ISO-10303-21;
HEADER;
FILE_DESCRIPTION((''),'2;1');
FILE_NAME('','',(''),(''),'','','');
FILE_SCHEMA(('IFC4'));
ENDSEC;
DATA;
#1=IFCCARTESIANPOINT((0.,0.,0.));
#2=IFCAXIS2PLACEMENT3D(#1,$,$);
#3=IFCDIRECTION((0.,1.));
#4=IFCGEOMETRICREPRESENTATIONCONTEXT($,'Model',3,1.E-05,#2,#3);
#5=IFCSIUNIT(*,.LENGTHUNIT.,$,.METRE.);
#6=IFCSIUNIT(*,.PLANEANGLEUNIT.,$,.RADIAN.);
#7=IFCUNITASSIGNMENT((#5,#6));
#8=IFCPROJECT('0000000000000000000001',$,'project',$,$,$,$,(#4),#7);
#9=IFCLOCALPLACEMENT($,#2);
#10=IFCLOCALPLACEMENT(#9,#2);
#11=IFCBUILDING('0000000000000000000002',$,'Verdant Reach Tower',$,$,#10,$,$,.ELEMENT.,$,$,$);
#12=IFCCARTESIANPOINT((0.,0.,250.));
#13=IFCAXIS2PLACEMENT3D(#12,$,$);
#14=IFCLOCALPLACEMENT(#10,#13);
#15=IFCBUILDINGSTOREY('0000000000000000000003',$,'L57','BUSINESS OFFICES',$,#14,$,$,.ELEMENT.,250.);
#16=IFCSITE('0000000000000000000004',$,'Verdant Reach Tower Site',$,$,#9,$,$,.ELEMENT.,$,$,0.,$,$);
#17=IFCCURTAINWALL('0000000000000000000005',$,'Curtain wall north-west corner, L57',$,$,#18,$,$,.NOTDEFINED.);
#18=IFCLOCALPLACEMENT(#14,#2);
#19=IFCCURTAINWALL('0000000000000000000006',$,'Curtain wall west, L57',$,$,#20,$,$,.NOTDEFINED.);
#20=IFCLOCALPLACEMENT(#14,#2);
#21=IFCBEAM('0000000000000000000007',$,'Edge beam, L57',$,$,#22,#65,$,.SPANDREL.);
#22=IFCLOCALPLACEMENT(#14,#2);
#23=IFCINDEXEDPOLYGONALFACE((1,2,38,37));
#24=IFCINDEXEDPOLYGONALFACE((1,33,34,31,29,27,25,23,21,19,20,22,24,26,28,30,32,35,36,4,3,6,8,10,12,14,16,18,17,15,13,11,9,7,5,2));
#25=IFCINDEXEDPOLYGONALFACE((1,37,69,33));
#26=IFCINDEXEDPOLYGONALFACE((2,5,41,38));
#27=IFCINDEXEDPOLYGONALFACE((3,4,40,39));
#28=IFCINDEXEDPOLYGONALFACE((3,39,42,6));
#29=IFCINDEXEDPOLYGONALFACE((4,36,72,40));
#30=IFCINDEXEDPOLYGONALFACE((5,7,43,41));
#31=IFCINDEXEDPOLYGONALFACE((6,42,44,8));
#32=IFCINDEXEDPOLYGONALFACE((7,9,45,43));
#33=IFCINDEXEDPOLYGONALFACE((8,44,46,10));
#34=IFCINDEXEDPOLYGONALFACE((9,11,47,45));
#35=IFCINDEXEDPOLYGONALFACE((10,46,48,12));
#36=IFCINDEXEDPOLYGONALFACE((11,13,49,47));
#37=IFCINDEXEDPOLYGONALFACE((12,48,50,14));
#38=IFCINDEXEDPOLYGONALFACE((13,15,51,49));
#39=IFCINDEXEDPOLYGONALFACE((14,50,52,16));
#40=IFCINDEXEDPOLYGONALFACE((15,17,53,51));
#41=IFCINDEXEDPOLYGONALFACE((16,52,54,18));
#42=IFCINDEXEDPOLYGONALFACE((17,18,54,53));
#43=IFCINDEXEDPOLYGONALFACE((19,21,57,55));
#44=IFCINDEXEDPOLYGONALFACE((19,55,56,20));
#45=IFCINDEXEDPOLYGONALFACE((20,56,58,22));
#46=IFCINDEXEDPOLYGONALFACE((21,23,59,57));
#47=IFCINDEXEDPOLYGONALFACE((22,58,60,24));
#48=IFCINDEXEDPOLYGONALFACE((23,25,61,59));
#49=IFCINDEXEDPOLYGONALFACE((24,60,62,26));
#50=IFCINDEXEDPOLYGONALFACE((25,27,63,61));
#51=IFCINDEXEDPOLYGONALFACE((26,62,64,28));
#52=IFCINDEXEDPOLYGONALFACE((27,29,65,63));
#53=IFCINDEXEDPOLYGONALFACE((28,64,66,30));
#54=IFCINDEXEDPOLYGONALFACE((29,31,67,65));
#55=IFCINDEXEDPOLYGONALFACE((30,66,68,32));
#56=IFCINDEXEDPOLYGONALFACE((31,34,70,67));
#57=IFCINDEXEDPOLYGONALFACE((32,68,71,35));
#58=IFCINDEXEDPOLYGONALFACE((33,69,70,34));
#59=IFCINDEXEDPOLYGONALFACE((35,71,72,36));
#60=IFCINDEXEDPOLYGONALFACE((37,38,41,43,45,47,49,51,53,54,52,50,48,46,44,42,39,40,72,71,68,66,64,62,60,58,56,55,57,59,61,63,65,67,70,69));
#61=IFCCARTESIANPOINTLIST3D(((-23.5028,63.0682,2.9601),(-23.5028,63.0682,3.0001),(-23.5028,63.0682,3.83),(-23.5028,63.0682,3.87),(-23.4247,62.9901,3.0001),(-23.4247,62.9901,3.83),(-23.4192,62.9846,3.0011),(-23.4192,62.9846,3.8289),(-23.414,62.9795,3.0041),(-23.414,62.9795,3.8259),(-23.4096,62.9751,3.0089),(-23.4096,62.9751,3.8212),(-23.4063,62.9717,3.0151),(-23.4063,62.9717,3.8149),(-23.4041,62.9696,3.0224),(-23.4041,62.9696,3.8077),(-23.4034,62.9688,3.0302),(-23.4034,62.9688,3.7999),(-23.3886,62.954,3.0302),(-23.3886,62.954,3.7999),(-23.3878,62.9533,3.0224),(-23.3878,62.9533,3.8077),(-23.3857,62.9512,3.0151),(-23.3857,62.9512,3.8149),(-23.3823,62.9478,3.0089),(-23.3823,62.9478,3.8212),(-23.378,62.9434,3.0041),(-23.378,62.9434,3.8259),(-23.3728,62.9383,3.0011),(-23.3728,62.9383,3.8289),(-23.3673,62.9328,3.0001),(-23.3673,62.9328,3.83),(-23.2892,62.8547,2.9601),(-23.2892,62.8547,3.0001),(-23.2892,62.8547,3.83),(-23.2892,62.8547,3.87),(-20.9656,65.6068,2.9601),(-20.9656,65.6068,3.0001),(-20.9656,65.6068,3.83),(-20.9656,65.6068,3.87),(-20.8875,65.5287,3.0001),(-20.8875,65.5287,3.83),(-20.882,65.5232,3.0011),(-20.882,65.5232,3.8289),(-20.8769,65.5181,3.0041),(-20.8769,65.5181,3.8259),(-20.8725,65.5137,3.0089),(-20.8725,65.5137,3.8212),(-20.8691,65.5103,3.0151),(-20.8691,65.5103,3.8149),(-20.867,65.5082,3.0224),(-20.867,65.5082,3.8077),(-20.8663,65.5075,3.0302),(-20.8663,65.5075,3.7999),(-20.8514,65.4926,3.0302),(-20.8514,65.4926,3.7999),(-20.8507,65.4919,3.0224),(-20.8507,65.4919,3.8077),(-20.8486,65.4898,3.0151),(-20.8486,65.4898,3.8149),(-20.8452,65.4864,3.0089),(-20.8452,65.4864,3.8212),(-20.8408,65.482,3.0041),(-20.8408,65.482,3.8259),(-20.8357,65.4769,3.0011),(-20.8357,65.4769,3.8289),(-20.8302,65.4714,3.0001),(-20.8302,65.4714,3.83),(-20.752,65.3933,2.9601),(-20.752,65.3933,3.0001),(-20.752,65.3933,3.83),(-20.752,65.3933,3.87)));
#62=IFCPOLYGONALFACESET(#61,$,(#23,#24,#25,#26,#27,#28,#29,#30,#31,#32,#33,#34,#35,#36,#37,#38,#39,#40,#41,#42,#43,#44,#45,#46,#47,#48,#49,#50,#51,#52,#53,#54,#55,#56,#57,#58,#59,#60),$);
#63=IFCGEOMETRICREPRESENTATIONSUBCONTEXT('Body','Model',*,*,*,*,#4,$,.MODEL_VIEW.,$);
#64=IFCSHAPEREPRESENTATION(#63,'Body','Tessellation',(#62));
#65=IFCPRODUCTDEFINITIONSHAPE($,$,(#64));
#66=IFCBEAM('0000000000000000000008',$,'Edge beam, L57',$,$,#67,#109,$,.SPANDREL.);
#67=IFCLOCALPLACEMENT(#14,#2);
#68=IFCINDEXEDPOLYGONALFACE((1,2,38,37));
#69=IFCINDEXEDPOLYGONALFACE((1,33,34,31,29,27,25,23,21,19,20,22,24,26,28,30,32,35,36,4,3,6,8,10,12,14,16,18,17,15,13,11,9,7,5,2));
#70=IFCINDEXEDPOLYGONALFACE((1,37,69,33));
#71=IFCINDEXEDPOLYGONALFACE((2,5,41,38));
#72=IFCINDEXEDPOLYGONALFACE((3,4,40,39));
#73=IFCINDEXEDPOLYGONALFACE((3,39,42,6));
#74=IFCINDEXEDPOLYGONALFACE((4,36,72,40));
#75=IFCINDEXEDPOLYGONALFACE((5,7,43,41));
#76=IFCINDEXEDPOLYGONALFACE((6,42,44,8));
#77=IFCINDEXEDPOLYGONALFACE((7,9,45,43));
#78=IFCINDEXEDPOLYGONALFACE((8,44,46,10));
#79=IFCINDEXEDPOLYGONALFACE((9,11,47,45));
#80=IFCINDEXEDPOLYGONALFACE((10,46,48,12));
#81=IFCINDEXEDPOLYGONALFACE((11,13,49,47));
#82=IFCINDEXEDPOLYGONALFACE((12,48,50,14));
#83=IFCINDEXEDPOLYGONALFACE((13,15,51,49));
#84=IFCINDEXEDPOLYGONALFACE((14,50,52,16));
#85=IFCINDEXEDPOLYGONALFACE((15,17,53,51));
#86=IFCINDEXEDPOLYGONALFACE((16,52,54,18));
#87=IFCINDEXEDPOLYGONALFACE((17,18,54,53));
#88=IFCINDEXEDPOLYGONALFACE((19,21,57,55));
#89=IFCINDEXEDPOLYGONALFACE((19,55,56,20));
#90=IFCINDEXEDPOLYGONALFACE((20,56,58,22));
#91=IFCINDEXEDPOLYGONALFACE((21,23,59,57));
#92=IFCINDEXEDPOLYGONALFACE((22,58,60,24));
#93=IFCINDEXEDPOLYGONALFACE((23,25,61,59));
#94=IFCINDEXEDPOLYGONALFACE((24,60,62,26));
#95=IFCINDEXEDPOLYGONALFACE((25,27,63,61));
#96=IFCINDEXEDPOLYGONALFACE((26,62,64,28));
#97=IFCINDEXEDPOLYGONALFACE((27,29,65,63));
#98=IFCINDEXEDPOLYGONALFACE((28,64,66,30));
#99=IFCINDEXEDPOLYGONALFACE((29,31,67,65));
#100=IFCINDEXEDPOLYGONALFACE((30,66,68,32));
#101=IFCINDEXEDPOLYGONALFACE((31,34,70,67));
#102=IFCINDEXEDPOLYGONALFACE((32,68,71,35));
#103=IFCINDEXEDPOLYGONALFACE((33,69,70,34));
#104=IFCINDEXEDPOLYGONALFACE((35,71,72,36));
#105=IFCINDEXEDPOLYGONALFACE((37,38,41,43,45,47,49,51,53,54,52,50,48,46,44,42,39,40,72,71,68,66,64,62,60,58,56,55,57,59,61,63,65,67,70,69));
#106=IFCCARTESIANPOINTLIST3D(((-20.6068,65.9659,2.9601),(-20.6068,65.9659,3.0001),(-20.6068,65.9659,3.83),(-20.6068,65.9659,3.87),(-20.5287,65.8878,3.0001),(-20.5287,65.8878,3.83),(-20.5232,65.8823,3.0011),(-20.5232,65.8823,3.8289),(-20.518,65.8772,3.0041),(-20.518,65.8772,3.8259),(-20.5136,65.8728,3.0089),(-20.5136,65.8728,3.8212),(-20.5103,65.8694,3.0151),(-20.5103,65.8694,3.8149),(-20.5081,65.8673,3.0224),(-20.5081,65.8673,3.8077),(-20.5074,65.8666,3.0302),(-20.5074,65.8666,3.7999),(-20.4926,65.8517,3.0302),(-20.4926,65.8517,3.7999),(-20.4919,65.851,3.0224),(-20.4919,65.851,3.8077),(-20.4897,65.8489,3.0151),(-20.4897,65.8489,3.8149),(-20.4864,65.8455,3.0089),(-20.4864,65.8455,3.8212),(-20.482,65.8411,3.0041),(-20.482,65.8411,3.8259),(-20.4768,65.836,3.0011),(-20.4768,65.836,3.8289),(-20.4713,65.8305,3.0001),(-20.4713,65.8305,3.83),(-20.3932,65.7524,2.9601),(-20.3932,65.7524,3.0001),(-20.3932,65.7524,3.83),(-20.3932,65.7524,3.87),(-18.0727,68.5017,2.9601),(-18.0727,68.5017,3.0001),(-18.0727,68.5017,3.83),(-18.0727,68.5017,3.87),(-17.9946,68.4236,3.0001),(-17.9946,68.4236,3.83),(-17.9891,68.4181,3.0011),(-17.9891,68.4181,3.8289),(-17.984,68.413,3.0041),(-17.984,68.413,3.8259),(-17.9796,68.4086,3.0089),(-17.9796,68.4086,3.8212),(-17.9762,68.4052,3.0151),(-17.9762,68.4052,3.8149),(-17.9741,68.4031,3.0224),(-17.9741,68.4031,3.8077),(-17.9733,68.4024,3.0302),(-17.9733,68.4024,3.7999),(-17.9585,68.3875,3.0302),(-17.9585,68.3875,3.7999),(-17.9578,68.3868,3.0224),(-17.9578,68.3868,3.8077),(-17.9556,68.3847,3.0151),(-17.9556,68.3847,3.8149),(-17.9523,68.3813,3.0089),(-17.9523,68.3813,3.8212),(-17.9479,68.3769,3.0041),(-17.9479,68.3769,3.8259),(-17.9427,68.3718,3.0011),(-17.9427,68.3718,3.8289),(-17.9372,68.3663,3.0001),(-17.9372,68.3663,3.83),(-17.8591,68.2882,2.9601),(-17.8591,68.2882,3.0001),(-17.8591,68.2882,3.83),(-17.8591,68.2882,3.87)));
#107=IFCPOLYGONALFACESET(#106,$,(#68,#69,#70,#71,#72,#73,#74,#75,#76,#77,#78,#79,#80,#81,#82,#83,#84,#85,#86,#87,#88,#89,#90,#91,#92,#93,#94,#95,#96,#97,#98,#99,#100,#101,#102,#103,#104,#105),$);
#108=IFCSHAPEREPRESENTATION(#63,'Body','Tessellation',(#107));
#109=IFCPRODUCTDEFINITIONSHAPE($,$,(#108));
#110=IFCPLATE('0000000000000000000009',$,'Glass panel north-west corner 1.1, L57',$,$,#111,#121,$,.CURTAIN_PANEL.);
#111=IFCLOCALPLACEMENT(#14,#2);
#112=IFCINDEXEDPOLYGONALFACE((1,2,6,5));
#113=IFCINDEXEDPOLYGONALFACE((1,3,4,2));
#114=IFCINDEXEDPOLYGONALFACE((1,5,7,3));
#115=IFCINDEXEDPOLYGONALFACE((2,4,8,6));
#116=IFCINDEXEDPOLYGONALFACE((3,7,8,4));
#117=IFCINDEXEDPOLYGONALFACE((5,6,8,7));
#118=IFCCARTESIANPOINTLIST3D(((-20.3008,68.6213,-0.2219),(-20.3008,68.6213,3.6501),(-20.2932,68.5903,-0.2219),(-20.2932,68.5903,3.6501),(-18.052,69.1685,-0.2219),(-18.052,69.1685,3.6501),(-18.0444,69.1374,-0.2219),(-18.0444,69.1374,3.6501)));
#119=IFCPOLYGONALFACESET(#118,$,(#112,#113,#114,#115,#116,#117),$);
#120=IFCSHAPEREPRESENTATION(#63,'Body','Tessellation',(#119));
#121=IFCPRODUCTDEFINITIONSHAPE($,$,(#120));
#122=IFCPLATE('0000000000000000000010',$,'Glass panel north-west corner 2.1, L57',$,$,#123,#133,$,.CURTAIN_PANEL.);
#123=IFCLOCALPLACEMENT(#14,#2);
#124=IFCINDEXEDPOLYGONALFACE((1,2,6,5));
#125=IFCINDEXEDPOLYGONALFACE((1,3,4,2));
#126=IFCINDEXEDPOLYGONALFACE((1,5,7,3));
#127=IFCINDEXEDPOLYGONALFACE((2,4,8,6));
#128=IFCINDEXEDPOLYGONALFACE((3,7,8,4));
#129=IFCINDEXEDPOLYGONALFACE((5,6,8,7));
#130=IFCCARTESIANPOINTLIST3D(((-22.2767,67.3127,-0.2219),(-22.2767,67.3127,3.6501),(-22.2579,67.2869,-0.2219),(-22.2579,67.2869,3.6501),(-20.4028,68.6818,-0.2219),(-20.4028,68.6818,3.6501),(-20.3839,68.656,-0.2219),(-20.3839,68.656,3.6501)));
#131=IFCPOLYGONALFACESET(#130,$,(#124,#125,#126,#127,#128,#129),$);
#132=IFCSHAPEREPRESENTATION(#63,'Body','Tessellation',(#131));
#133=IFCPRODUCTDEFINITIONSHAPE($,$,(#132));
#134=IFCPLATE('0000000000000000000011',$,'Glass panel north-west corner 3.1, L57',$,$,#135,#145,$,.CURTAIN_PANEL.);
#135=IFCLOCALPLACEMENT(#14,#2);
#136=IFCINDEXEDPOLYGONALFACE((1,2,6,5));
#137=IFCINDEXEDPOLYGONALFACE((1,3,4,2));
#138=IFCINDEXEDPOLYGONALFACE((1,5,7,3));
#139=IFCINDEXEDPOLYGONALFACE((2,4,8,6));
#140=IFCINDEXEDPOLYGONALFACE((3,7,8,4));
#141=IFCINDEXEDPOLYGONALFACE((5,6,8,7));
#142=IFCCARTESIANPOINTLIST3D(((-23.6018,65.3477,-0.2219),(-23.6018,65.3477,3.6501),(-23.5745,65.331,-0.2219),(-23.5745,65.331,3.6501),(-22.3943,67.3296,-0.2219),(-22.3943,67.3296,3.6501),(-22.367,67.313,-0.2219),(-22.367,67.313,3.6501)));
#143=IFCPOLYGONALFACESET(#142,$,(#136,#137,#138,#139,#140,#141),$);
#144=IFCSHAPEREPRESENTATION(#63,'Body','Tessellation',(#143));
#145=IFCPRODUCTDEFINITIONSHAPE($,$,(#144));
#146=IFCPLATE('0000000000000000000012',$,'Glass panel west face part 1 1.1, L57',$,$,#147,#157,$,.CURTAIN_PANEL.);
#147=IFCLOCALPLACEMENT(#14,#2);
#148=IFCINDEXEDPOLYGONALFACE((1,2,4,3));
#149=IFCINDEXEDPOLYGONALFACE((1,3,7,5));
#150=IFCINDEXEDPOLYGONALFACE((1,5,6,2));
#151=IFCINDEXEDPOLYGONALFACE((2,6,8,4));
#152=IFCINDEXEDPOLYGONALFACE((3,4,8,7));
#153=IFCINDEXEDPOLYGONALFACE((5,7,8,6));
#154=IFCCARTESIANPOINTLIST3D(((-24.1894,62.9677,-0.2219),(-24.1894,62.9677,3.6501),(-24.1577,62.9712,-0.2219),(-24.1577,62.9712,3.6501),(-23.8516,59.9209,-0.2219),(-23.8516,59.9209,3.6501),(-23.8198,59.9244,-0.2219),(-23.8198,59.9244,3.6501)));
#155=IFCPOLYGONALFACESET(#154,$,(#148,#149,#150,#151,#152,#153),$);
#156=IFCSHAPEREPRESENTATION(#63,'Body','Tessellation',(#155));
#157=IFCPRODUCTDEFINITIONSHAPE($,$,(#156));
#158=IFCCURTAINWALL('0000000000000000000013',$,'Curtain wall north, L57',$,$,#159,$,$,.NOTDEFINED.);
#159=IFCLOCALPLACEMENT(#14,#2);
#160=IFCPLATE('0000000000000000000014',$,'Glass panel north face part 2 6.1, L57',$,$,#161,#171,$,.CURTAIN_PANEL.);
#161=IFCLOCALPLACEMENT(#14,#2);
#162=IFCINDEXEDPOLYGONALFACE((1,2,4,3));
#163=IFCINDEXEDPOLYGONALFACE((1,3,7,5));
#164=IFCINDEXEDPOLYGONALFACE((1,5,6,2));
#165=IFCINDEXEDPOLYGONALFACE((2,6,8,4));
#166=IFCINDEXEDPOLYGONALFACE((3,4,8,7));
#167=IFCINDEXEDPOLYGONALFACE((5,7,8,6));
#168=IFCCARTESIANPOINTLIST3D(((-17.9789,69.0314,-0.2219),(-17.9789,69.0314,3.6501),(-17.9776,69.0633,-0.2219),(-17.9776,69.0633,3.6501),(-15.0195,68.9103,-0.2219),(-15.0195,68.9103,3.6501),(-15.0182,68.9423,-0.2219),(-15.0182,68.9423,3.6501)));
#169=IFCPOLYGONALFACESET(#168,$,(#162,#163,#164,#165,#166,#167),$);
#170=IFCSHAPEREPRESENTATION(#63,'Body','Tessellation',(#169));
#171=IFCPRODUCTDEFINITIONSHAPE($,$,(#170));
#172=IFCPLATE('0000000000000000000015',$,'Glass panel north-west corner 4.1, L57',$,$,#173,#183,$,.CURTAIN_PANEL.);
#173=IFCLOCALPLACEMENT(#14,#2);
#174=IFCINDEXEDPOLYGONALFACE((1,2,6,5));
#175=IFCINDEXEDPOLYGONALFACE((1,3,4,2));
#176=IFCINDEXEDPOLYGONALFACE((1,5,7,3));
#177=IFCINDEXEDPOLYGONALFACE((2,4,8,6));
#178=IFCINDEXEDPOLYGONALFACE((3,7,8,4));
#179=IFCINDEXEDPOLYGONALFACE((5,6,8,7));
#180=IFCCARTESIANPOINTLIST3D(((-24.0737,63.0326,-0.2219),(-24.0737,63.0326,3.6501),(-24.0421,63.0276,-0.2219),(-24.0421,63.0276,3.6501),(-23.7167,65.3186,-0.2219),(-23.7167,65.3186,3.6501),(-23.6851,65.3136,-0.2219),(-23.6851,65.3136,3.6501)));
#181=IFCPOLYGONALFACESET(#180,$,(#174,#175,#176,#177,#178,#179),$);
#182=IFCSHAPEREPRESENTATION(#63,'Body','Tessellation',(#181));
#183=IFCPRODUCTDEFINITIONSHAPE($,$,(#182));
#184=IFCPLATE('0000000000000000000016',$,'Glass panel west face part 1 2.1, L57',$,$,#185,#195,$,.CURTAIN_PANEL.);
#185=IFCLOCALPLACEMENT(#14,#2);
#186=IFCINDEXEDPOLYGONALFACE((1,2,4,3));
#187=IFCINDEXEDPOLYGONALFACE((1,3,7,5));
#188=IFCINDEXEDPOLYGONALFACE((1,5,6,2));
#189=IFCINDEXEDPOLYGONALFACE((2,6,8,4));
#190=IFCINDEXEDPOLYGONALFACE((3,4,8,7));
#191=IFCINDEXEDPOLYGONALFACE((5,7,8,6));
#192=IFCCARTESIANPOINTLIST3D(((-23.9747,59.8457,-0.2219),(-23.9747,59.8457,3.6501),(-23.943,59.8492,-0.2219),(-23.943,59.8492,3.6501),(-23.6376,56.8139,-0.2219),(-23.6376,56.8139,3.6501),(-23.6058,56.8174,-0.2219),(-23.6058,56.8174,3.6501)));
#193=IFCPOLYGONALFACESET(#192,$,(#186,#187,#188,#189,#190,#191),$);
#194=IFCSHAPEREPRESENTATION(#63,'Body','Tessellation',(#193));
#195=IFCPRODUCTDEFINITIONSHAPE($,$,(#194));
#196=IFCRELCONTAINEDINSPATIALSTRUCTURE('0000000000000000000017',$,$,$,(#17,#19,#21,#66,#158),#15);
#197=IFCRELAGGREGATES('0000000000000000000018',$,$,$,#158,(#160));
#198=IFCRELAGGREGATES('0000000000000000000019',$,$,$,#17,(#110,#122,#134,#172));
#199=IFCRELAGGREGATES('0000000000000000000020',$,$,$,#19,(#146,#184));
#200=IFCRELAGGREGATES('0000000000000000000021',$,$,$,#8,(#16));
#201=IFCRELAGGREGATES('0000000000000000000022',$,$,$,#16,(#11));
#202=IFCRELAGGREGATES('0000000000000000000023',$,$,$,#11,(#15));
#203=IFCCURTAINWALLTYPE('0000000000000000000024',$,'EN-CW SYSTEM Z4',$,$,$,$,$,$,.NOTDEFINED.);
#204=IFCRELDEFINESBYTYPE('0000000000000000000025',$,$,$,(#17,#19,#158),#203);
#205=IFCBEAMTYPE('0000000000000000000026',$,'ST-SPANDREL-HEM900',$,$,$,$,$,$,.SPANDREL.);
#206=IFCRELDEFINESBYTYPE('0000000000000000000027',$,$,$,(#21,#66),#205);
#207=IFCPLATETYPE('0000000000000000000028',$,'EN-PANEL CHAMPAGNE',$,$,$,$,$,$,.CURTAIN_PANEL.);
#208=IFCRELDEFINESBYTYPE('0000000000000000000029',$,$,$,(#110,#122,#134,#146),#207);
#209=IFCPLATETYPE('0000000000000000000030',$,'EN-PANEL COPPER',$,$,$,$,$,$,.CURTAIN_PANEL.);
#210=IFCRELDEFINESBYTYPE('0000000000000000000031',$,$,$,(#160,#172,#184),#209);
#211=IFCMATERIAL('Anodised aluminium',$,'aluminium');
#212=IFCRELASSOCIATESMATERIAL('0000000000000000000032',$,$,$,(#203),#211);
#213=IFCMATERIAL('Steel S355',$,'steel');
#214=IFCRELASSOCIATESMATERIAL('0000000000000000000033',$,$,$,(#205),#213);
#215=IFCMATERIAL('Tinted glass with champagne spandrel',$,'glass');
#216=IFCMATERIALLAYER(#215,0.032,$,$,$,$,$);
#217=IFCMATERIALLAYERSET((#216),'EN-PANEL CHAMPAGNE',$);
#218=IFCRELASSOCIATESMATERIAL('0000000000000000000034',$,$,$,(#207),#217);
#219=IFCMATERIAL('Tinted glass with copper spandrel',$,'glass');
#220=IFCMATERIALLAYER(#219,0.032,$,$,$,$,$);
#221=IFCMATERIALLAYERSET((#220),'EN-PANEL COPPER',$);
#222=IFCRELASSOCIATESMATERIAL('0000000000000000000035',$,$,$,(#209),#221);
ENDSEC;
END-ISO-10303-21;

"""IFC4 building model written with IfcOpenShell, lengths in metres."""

from ifc_helpers import new_model, si_unit, direction, frame, origin, origin_2d, place, context, subcontext, project, spatial, rectangle, i_section, extrude, material, layer, layer_set, material_profile, profile_set, type_object, element, aggregate, save


model = new_model("IFC4")

# Units and contexts
model_context = context("Model", 3, precision=1e-05, world=origin(), true_north=direction((0.0, 1.0)))
body_context = subcontext(model_context, "Body", "Model", "MODEL_VIEW")
ifc_project = project(units=[si_unit("LENGTHUNIT", "METRE"), si_unit("PLANEANGLEUNIT", "RADIAN")], contexts=[model_context])

# Site, building, storey
site_placement = place(None, origin())
site = spatial("IfcSite", under=ifc_project, at=site_placement, Name="Verdant Reach Tower Site", CompositionType="ELEMENT", RefElevation=0.0)
building_placement = place(site_placement, origin())
building = spatial("IfcBuilding", under=site, at=building_placement, Name="Verdant Reach Tower", CompositionType="ELEMENT")
storey_placement = place(building_placement, frame((0.0, 0.0, 250.0)))
storey = spatial("IfcBuildingStorey", under=building, at=storey_placement, Name="L57", Description="BUSINESS OFFICES", CompositionType="ELEMENT", Elevation=250.0)

# Curtain walls
ifc_material_1 = material(Name="Anodised aluminium", Category="aluminium")
curtain_wall_type = type_object("IfcCurtainWallType", Name="EN-CW SYSTEM Z4", PredefinedType="NOTDEFINED", material=ifc_material_1)
curtain_wall_1_placement = place(storey_placement, origin())
curtain_wall_1 = element("IfcCurtainWall", 1, at=curtain_wall_1_placement, inside=storey, type_object=curtain_wall_type, Name="Curtain wall north-west corner, L57", PredefinedType="NOTDEFINED")
curtain_wall_2_placement = place(storey_placement, origin())
curtain_wall_2 = element("IfcCurtainWall", 2, at=curtain_wall_2_placement, inside=storey, type_object=curtain_wall_type, Name="Curtain wall west, L57", PredefinedType="NOTDEFINED")

# Beams
ifc_material_2 = material(Name="Steel S355", Category="steel")
ifc_material_profile_1 = material_profile(ifc_material_2, i_section(OverallWidth=0.302, OverallDepth=0.9099, WebThickness=0.021, FlangeThickness=0.04, FilletRadius=0.03, at=origin_2d()), Name="HEM 900")
ifc_profile_set_1 = profile_set([ifc_material_profile_1], Name="Steel S355")
beam_type_1 = type_object("IfcBeamType", Name="ST-SPANDREL-HEM900", PredefinedType="SPANDREL", material=ifc_profile_set_1)
beam_1_placement = place(storey_placement, frame((-23.396, 62.9614, 3.415), z_axis=(0.706903, 0.707311, 0.0), x_axis=(-0.707311, 0.706903, 0.0)))
element("IfcBeam", 3, at=beam_1_placement, inside=storey, type_object=beam_type_1, Name="Edge beam, L57", PredefinedType="SPANDREL", context=body_context, shape_type="SweptSolid", body=[
    extrude(i_section(OverallWidth=0.302, OverallDepth=0.9099, WebThickness=0.021, FlangeThickness=0.04, FilletRadius=0.03, at=origin_2d()), origin(), (0.0, 0.0, 1.0), 3.5891),
])
beam_2_placement = place(storey_placement, frame((-20.5, 65.8591, 3.415), z_axis=(0.706868, 0.707345, 0.0), x_axis=(-0.707345, 0.706868, 0.0)))
element("IfcBeam", 4, at=beam_2_placement, inside=storey, type_object=beam_type_1, Name="Edge beam, L57", PredefinedType="SPANDREL", context=body_context, shape_type="SweptSolid", body=[
    extrude(i_section(OverallWidth=0.302, OverallDepth=0.9099, WebThickness=0.021, FlangeThickness=0.04, FilletRadius=0.03, at=origin_2d()), origin(), (0.0, 0.0, 1.0), 3.585),
])

# Plates
ifc_material_3 = material(Name="Tinted glass with champagne spandrel", Category="glass")
ifc_layer_1 = layer(ifc_material_3, 0.032)
ifc_layer_set_1 = layer_set([ifc_layer_1], Name="EN-PANEL CHAMPAGNE")
plate_type_1 = type_object("IfcPlateType", Name="EN-PANEL CHAMPAGNE", PredefinedType="CURTAIN_PANEL", material=ifc_layer_set_1)
plate_1_placement = place(storey_placement, frame((-19.1726, 68.8794, -0.2219), z_axis=(0.0, 0.0, 1.0), x_axis=(-0.971652, -0.236414, 0.0)))
plate_1 = element("IfcPlate", 5, at=plate_1_placement, type_object=plate_type_1, Name="Glass panel north-west corner 1.1, L57", PredefinedType="CURTAIN_PANEL", context=body_context, shape_type="SweptSolid", body=[
    extrude(rectangle(XDim=2.3145, YDim=0.032, at=origin_2d()), origin(), (0.0, 0.0, 1.0), 3.8721),
])
plate_2_placement = place(storey_placement, frame((-21.3303, 67.9844, -0.2219), z_axis=(0.0, 0.0, 1.0), x_axis=(-0.807457, -0.589927, 0.0)))
plate_2 = element("IfcPlate", 6, at=plate_2_placement, type_object=plate_type_1, Name="Glass panel north-west corner 2.1, L57", PredefinedType="CURTAIN_PANEL", context=body_context, shape_type="SweptSolid", body=[
    extrude(rectangle(XDim=2.3208, YDim=0.032, at=origin_2d()), origin(), (0.0, 0.0, 1.0), 3.8721),
])
plate_3_placement = place(storey_placement, frame((-22.9844, 66.3303, -0.2219), z_axis=(0.0, 0.0, 1.0), x_axis=(-0.520292, -0.853989, 0.0)))
plate_3 = element("IfcPlate", 7, at=plate_3_placement, type_object=plate_type_1, Name="Glass panel north-west corner 3.1, L57", PredefinedType="CURTAIN_PANEL", context=body_context, shape_type="SweptSolid", body=[
    extrude(rectangle(XDim=2.3208, YDim=0.032, at=origin_2d()), origin(), (0.0, 0.0, 1.0), 3.8721),
])
plate_4_placement = place(storey_placement, frame((-24.0046, 61.446, -0.2219), z_axis=(0.0, 0.0, 1.0), x_axis=(0.110206, -0.993909, 0.0)))
plate_4 = element("IfcPlate", 8, at=plate_4_placement, type_object=plate_type_1, Name="Glass panel west face part 1 1.1, L57", PredefinedType="CURTAIN_PANEL", context=body_context, shape_type="SweptSolid", body=[
    extrude(rectangle(XDim=3.0654, YDim=0.032, at=origin_2d()), origin(), (0.0, 0.0, 1.0), 3.8721),
])

# Curtain wall, plate
curtain_wall_3_placement = place(storey_placement, origin())
curtain_wall_3 = element("IfcCurtainWall", 9, at=curtain_wall_3_placement, inside=storey, type_object=curtain_wall_type, Name="Curtain wall north, L57", PredefinedType="NOTDEFINED")
ifc_material_4 = material(Name="Tinted glass with copper spandrel", Category="glass")
ifc_layer_2 = layer(ifc_material_4, 0.032)
ifc_layer_set_2 = layer_set([ifc_layer_2], Name="EN-PANEL COPPER")
plate_type_2 = type_object("IfcPlateType", Name="EN-PANEL COPPER", PredefinedType="CURTAIN_PANEL", material=ifc_layer_set_2)
plate_5_placement = place(storey_placement, frame((-16.4985, 68.9868, -0.2219), z_axis=(0.0, 0.0, 1.0), x_axis=(-0.999164, 0.040881, 0.0)))
plate_5 = element("IfcPlate", 10, at=plate_5_placement, type_object=plate_type_2, Name="Glass panel north face part 2 6.1, L57", PredefinedType="CURTAIN_PANEL", context=body_context, shape_type="SweptSolid", body=[
    extrude(rectangle(XDim=2.9619, YDim=0.032, at=origin_2d()), origin(), (0.0, 0.0, 1.0), 3.8721),
])
aggregate(curtain_wall_3, [plate_5])

# Plates
plate_6_placement = place(storey_placement, frame((-23.8794, 64.1731, -0.2219), z_axis=(0.0, 0.0, 1.0), x_axis=(-0.154325, -0.98802, 0.0)))
plate_6 = element("IfcPlate", 11, at=plate_6_placement, type_object=plate_type_2, Name="Glass panel north-west corner 4.1, L57", PredefinedType="CURTAIN_PANEL", context=body_context, shape_type="SweptSolid", body=[
    extrude(rectangle(XDim=2.3137, YDim=0.032, at=origin_2d()), origin(), (0.0, 0.0, 1.0), 3.8721),
])
aggregate(curtain_wall_1, [plate_1, plate_2, plate_3, plate_6])
plate_7_placement = place(storey_placement, frame((-23.7903, 58.3315, -0.2219), z_axis=(0.0, 0.0, 1.0), x_axis=(0.110518, -0.993874, 0.0)))
plate_7 = element("IfcPlate", 12, at=plate_7_placement, type_object=plate_type_2, Name="Glass panel west face part 1 2.1, L57", PredefinedType="CURTAIN_PANEL", context=body_context, shape_type="SweptSolid", body=[
    extrude(rectangle(XDim=3.0505, YDim=0.032, at=origin_2d()), origin(), (0.0, 0.0, 1.0), 3.8721),
])
aggregate(curtain_wall_2, [plate_4, plate_7])

save(model, "model.ifc")
